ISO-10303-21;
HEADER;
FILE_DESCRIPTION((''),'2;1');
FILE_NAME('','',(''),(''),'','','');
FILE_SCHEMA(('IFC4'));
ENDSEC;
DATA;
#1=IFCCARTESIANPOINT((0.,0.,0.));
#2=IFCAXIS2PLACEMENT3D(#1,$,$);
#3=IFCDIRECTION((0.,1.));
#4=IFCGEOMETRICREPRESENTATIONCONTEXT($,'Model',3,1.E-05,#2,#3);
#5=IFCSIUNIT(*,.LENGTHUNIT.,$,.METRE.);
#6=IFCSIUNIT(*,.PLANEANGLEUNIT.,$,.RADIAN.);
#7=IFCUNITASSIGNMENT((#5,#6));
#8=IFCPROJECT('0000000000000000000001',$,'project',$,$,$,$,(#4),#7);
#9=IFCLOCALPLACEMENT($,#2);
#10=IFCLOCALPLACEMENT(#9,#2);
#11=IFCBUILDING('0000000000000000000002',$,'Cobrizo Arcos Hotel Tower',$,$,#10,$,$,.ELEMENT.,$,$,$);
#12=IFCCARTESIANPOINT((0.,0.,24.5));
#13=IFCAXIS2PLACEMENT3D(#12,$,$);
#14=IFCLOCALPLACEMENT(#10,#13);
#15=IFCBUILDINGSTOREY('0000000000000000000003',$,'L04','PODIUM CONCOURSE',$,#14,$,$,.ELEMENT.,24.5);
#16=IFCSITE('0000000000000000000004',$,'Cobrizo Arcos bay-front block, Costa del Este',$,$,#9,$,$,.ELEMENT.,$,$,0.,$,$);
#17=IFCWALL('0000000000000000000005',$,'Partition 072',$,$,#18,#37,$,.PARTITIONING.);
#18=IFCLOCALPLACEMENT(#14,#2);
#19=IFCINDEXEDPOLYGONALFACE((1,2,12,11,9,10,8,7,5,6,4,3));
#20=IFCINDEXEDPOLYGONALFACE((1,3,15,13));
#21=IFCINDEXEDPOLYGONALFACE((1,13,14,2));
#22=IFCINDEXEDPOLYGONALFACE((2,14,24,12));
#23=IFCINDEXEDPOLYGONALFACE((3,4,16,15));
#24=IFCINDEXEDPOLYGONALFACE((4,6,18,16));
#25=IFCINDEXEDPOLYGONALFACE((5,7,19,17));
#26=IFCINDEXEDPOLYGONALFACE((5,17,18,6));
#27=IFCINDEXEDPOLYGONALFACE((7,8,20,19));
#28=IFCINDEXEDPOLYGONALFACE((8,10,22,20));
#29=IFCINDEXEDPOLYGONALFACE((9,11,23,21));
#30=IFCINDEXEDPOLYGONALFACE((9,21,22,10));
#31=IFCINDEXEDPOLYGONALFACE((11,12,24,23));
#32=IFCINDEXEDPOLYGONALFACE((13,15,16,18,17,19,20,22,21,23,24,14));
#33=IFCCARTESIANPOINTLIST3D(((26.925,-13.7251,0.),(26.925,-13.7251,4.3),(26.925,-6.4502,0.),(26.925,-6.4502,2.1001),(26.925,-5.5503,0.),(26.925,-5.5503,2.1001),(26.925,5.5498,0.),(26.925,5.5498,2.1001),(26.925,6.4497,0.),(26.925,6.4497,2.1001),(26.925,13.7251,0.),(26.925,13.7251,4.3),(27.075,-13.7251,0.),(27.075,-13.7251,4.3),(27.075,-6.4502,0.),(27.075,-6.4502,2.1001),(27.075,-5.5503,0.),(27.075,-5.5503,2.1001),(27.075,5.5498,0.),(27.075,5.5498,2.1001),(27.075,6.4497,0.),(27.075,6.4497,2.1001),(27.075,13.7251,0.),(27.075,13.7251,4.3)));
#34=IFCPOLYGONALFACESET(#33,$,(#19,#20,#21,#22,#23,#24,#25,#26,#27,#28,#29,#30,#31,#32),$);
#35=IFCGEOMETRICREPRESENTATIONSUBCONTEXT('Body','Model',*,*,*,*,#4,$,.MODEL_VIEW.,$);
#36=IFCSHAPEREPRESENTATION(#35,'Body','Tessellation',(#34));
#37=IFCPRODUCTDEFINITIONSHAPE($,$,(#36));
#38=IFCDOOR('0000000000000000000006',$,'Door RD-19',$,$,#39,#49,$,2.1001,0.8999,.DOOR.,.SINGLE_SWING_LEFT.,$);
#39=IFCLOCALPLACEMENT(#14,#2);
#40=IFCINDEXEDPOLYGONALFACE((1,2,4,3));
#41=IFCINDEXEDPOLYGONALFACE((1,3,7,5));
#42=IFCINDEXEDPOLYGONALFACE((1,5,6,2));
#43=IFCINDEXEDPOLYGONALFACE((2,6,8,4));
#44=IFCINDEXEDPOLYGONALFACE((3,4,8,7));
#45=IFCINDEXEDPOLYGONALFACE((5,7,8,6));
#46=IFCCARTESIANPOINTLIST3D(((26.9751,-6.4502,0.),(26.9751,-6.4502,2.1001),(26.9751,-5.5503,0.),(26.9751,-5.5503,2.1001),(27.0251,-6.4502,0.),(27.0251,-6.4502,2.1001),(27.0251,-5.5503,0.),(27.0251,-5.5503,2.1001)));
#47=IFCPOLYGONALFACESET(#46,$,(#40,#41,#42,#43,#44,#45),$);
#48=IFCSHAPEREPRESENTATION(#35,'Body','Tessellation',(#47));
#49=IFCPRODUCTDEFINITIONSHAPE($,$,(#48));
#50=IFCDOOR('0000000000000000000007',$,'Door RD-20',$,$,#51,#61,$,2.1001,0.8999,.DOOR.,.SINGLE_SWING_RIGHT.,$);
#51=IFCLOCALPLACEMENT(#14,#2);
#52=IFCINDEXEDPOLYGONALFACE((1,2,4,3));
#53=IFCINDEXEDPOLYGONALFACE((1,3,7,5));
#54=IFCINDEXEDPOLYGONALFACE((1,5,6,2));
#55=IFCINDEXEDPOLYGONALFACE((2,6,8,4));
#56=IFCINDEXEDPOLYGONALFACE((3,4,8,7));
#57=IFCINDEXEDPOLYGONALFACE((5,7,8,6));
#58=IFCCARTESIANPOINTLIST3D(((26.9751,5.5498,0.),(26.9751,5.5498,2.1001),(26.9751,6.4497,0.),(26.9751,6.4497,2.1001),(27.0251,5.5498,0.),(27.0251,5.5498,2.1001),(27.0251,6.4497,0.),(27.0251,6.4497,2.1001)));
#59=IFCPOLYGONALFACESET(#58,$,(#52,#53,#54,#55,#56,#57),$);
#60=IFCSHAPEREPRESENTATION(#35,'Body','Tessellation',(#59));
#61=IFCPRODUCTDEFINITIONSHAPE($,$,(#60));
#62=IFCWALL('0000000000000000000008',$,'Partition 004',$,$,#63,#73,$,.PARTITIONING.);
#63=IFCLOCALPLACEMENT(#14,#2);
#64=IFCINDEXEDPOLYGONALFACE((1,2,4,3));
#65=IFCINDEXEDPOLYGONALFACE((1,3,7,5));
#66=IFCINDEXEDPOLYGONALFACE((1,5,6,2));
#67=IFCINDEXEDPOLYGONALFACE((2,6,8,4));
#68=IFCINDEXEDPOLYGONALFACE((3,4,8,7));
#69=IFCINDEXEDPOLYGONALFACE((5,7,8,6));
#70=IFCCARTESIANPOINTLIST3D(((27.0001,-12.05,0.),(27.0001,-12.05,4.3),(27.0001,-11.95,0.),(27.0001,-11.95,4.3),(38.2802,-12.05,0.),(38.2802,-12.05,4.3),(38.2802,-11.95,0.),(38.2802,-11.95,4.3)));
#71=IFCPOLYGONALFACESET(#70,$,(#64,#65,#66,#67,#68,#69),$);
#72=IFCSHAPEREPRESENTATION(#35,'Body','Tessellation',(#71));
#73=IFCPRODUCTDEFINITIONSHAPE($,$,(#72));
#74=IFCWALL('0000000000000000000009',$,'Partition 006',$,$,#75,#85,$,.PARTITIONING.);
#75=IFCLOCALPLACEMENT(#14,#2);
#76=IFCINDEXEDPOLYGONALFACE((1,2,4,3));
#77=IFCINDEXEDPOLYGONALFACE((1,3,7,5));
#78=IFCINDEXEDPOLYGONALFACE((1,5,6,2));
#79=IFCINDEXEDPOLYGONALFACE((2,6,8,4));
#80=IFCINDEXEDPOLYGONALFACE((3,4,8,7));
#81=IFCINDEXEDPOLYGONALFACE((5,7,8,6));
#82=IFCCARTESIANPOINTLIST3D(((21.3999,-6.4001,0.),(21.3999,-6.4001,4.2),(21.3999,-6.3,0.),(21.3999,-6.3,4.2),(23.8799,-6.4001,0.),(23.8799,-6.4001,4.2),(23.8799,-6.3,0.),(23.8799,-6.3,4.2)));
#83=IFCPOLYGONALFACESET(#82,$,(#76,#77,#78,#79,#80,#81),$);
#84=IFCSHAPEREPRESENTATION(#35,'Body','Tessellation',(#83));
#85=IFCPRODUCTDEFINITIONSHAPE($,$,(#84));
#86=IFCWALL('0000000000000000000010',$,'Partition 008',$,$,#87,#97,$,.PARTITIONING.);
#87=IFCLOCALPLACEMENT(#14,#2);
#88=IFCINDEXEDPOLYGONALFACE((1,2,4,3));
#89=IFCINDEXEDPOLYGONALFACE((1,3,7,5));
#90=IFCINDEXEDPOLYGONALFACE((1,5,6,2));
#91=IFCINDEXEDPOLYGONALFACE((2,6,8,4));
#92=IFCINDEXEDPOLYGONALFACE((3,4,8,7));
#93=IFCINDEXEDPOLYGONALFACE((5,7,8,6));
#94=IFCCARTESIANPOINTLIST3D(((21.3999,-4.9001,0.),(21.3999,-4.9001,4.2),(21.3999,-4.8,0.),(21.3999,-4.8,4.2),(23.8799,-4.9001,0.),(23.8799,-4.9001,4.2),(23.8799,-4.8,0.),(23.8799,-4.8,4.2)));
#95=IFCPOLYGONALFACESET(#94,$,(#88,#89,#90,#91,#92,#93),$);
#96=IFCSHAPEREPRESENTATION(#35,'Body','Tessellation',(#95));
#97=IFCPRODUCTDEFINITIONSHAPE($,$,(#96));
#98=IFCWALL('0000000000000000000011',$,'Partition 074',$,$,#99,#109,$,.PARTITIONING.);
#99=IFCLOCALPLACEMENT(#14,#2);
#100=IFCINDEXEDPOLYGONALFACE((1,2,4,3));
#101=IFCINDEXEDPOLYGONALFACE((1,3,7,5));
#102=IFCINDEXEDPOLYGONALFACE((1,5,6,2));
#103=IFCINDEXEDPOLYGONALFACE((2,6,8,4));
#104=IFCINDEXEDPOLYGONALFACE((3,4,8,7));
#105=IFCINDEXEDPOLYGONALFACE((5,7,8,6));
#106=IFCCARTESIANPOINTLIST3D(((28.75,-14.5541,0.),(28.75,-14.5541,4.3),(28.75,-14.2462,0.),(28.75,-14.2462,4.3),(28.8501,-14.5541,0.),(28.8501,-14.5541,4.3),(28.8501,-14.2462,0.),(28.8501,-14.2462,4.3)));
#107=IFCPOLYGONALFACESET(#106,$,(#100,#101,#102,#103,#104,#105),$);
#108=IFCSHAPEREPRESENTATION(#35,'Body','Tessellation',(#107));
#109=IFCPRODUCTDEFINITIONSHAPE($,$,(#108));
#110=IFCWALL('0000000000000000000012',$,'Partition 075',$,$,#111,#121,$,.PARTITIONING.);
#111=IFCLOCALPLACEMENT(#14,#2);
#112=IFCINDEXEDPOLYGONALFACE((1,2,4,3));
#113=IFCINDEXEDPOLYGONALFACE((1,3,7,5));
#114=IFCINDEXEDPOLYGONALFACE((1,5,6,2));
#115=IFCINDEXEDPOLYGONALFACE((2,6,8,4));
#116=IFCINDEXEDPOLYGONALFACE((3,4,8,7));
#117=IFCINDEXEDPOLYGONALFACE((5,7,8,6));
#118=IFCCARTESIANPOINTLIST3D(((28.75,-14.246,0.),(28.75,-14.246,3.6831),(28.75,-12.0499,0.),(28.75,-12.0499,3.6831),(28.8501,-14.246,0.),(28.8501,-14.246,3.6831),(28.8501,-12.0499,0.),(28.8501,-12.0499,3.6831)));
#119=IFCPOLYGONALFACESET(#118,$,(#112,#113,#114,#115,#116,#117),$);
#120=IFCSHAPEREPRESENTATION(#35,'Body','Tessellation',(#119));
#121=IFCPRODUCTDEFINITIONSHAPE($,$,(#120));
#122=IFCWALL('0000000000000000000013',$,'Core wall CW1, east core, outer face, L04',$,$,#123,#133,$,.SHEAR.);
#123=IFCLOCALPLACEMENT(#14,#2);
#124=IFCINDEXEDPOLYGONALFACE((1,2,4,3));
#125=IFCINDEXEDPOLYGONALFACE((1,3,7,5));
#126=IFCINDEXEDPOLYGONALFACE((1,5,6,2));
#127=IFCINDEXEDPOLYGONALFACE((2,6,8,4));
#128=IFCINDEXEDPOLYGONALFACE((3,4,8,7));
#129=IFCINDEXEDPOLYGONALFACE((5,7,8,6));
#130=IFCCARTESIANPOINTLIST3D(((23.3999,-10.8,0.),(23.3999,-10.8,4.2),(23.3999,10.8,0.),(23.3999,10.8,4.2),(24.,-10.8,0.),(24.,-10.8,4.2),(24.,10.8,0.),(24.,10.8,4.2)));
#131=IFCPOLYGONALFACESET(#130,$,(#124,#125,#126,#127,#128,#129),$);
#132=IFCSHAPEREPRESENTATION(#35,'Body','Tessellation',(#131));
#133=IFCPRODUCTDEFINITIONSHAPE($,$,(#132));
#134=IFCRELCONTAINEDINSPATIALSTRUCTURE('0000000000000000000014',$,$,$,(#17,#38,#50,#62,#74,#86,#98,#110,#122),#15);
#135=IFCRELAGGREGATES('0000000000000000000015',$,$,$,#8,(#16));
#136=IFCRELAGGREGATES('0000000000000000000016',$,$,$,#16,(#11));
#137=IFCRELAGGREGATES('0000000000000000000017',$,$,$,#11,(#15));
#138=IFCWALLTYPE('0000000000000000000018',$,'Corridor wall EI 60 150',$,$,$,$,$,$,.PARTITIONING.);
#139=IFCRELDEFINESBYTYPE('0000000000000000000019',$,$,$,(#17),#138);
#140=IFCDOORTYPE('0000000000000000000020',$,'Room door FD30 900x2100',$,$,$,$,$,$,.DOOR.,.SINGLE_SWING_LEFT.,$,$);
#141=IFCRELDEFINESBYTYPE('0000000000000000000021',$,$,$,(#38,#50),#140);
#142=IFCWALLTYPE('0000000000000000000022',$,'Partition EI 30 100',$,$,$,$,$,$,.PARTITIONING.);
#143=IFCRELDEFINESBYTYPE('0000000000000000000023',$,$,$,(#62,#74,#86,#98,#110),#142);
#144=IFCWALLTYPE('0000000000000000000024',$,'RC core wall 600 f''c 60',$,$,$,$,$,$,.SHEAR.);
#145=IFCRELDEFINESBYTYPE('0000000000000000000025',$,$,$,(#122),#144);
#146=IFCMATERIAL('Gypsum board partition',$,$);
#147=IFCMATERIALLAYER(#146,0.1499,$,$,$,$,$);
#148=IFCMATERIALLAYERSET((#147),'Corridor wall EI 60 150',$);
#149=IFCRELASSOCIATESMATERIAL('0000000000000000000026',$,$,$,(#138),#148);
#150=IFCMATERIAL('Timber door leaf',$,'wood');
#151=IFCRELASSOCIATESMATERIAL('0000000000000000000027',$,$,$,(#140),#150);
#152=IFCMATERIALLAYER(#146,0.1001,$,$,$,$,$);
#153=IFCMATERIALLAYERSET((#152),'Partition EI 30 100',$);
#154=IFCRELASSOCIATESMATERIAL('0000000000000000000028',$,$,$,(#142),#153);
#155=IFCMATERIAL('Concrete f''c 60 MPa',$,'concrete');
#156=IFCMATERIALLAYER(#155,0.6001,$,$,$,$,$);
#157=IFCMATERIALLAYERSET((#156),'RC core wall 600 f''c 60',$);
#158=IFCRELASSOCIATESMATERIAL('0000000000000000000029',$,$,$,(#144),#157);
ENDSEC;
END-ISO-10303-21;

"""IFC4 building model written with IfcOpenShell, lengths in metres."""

from ifc_helpers import new_model, si_unit, direction, frame, frame_2d, origin, place, context, subcontext, project, spatial, rectangle, extrude, material, layer, layer_set, type_object, element, fill, save


model = new_model("IFC4")

# Units and contexts
model_context = context("Model", 3, precision=1e-05, world=origin(), true_north=direction((0.0, 1.0)))
body_context = subcontext(model_context, "Body", "Model", "MODEL_VIEW")
ifc_project = project(units=[si_unit("LENGTHUNIT", "METRE"), si_unit("PLANEANGLEUNIT", "RADIAN")], contexts=[model_context])

# Site, building, storey
site_placement = place(None, origin())
site = spatial("IfcSite", under=ifc_project, at=site_placement, Name="Cobrizo Arcos bay-front block, Costa del Este", CompositionType="ELEMENT", RefElevation=0.0)
building_placement = place(site_placement, origin())
building = spatial("IfcBuilding", under=site, at=building_placement, Name="Cobrizo Arcos Hotel Tower", CompositionType="ELEMENT")
storey_placement = place(building_placement, frame((0.0, 0.0, 24.5)))
storey = spatial("IfcBuildingStorey", under=building, at=storey_placement, Name="L04", Description="PODIUM CONCOURSE", CompositionType="ELEMENT", Elevation=24.5)

# Wall, openings, doors
ifc_material_1 = material(Name="Gypsum board partition")
ifc_layer_1 = layer(ifc_material_1, 0.1499)
ifc_layer_set_1 = layer_set([ifc_layer_1], Name="Corridor wall EI 60 150")
wall_type_1 = type_object("IfcWallType", Name="Corridor wall EI 60 150", PredefinedType="PARTITIONING", material=ifc_layer_set_1)
wall_1_placement = place(storey_placement, frame((27.0, -13.7251, 0.0), z_axis=(0.0, 0.0, 1.0), x_axis=(0.0, 1.0, 0.0)))
wall_1 = element("IfcWall", 1, at=wall_1_placement, inside=storey, type_object=wall_type_1, Name="Partition 072", PredefinedType="PARTITIONING", context=body_context, shape_type="SweptSolid", body=[
    extrude(rectangle(XDim=27.4502, YDim=0.1499, at=frame_2d((13.7251, 0.0))), origin(), (0.0, 0.0, 1.0), 4.3),
])
opening_1_placement = place(wall_1_placement, frame((7.2749, 0.0, 0.0)))
opening_1 = element("IfcOpeningElement", 2, at=opening_1_placement, cuts=wall_1, PredefinedType="OPENING", context=body_context, shape_type="SweptSolid", body=[
    extrude(rectangle(XDim=0.8999, YDim=2.1001, at=frame_2d((0.45, 1.05))), frame((0.0, 0.0869, 0.0), z_axis=(0.0, -1.0, 0.0), x_axis=(1.0, 0.0, 0.0)), (0.0, 0.0, 1.0), 0.1738),
])
opening_2_placement = place(wall_1_placement, frame((19.2749, 0.0, 0.0)))
opening_2 = element("IfcOpeningElement", 3, at=opening_2_placement, cuts=wall_1, PredefinedType="OPENING", context=body_context, shape_type="SweptSolid", body=[
    extrude(rectangle(XDim=0.8999, YDim=2.1001, at=frame_2d((0.45, 1.05))), frame((0.0, 0.0869, 0.0), z_axis=(0.0, -1.0, 0.0), x_axis=(1.0, 0.0, 0.0)), (0.0, 0.0, 1.0), 0.1738),
])
ifc_material_2 = material(Name="Timber door leaf", Category="wood")
door_type = type_object("IfcDoorType", Name="Room door FD30 900x2100", OperationType="SINGLE_SWING_LEFT", PredefinedType="DOOR", material=ifc_material_2)
door_1_placement = place(opening_1_placement, origin())
door_1 = element("IfcDoor", 4, at=door_1_placement, inside=storey, type_object=door_type, Name="Door RD-19", OperationType="SINGLE_SWING_LEFT", OverallHeight=2.1001, OverallWidth=0.8999, PredefinedType="DOOR", context=body_context, shape_type="SweptSolid", body=[
    extrude(rectangle(XDim=0.8999, YDim=2.1001, at=frame_2d((0.45, 1.05))), frame((0.0, 0.0249, 0.0), z_axis=(0.0, -1.0, 0.0), x_axis=(1.0, 0.0, 0.0)), (0.0, 0.0, 1.0), 0.05),
])
fill(opening_1, door_1)
door_2_placement = place(opening_2_placement, origin())
door_2 = element("IfcDoor", 5, at=door_2_placement, inside=storey, type_object=door_type, Name="Door RD-20", OperationType="SINGLE_SWING_RIGHT", OverallHeight=2.1001, OverallWidth=0.8999, PredefinedType="DOOR", context=body_context, shape_type="SweptSolid", body=[
    extrude(rectangle(XDim=0.8999, YDim=2.1001, at=frame_2d((0.45, 1.05))), frame((0.0, 0.0249, 0.0), z_axis=(0.0, -1.0, 0.0), x_axis=(1.0, 0.0, 0.0)), (0.0, 0.0, 1.0), 0.05),
])
fill(opening_2, door_2)

# Walls
ifc_layer_2 = layer(ifc_material_1, 0.1001)
ifc_layer_set_2 = layer_set([ifc_layer_2], Name="Partition EI 30 100")
wall_type_2 = type_object("IfcWallType", Name="Partition EI 30 100", PredefinedType="PARTITIONING", material=ifc_layer_set_2)
wall_2_placement = place(storey_placement, frame((27.0, -12.0, 0.0), z_axis=(0.0, 0.0, 1.0), x_axis=(1.0, 0.0, 0.0)))
element("IfcWall", 6, at=wall_2_placement, inside=storey, type_object=wall_type_2, Name="Partition 004", PredefinedType="PARTITIONING", context=body_context, shape_type="SweptSolid", body=[
    extrude(rectangle(XDim=11.28, YDim=0.1001, at=frame_2d((5.6401, 0.0))), origin(), (0.0, 0.0, 1.0), 4.3),
])
for number, where, z_axis, x_axis, name in (
    (7, (21.3999, -6.3501, 0.0), (0.0, 0.0, 1.0), (1.0, 0.0, 0.0), "Partition 006"),
    (8, (21.3999, -4.8501, 0.0), (0.0, 0.0, 1.0), (1.0, 0.0, 0.0), "Partition 008"),
):
    element("IfcWall", number, at=place(storey_placement, frame(where, z_axis=z_axis, x_axis=x_axis)), inside=storey, type_object=wall_type_2, Name=name, PredefinedType="PARTITIONING", context=body_context, shape_type="SweptSolid", body=[
        extrude(rectangle(XDim=2.48, YDim=0.1001, at=frame_2d((1.24, 0.0))), origin(), (0.0, 0.0, 1.0), 4.2),
    ])
wall_3_placement = place(storey_placement, frame((28.8, -14.554, 0.0), z_axis=(0.0, 0.0, 1.0), x_axis=(0.0, 1.0, 0.0)))
element("IfcWall", 9, at=wall_3_placement, inside=storey, type_object=wall_type_2, Name="Partition 074", PredefinedType="PARTITIONING", context=body_context, shape_type="SweptSolid", body=[
    extrude(rectangle(XDim=0.3079, YDim=0.1001, at=frame_2d((0.1538, 0.0))), origin(), (0.0, 0.0, 1.0), 4.3),
])
wall_4_placement = place(storey_placement, frame((28.8, -14.2461, 0.0), z_axis=(0.0, 0.0, 1.0), x_axis=(0.0, 1.0, 0.0)))
element("IfcWall", 10, at=wall_4_placement, inside=storey, type_object=wall_type_2, Name="Partition 075", PredefinedType="PARTITIONING", context=body_context, shape_type="SweptSolid", body=[
    extrude(rectangle(XDim=2.196, YDim=0.1001, at=frame_2d((1.0981, 0.0))), origin(), (0.0, 0.0, 1.0), 3.6831),
])
ifc_material_3 = material(Name="Concrete f'c 60 MPa", Category="concrete")
ifc_layer_3 = layer(ifc_material_3, 0.6001)
ifc_layer_set_3 = layer_set([ifc_layer_3], Name="RC core wall 600 f'c 60")
wall_type_3 = type_object("IfcWallType", Name="RC core wall 600 f'c 60", PredefinedType="SHEAR", material=ifc_layer_set_3)
wall_5_placement = place(storey_placement, frame((23.7, -10.8, 0.0), z_axis=(0.0, 0.0, 1.0), x_axis=(0.0, 1.0, 0.0)))
element("IfcWall", 11, at=wall_5_placement, inside=storey, type_object=wall_type_3, Name="Core wall CW1, east core, outer face, L04", PredefinedType="SHEAR", context=body_context, shape_type="SweptSolid", body=[
    extrude(rectangle(XDim=21.6001, YDim=0.6001, at=frame_2d((10.8, 0.0))), origin(), (0.0, 0.0, 1.0), 4.2),
])

save(model, "model.ifc")
